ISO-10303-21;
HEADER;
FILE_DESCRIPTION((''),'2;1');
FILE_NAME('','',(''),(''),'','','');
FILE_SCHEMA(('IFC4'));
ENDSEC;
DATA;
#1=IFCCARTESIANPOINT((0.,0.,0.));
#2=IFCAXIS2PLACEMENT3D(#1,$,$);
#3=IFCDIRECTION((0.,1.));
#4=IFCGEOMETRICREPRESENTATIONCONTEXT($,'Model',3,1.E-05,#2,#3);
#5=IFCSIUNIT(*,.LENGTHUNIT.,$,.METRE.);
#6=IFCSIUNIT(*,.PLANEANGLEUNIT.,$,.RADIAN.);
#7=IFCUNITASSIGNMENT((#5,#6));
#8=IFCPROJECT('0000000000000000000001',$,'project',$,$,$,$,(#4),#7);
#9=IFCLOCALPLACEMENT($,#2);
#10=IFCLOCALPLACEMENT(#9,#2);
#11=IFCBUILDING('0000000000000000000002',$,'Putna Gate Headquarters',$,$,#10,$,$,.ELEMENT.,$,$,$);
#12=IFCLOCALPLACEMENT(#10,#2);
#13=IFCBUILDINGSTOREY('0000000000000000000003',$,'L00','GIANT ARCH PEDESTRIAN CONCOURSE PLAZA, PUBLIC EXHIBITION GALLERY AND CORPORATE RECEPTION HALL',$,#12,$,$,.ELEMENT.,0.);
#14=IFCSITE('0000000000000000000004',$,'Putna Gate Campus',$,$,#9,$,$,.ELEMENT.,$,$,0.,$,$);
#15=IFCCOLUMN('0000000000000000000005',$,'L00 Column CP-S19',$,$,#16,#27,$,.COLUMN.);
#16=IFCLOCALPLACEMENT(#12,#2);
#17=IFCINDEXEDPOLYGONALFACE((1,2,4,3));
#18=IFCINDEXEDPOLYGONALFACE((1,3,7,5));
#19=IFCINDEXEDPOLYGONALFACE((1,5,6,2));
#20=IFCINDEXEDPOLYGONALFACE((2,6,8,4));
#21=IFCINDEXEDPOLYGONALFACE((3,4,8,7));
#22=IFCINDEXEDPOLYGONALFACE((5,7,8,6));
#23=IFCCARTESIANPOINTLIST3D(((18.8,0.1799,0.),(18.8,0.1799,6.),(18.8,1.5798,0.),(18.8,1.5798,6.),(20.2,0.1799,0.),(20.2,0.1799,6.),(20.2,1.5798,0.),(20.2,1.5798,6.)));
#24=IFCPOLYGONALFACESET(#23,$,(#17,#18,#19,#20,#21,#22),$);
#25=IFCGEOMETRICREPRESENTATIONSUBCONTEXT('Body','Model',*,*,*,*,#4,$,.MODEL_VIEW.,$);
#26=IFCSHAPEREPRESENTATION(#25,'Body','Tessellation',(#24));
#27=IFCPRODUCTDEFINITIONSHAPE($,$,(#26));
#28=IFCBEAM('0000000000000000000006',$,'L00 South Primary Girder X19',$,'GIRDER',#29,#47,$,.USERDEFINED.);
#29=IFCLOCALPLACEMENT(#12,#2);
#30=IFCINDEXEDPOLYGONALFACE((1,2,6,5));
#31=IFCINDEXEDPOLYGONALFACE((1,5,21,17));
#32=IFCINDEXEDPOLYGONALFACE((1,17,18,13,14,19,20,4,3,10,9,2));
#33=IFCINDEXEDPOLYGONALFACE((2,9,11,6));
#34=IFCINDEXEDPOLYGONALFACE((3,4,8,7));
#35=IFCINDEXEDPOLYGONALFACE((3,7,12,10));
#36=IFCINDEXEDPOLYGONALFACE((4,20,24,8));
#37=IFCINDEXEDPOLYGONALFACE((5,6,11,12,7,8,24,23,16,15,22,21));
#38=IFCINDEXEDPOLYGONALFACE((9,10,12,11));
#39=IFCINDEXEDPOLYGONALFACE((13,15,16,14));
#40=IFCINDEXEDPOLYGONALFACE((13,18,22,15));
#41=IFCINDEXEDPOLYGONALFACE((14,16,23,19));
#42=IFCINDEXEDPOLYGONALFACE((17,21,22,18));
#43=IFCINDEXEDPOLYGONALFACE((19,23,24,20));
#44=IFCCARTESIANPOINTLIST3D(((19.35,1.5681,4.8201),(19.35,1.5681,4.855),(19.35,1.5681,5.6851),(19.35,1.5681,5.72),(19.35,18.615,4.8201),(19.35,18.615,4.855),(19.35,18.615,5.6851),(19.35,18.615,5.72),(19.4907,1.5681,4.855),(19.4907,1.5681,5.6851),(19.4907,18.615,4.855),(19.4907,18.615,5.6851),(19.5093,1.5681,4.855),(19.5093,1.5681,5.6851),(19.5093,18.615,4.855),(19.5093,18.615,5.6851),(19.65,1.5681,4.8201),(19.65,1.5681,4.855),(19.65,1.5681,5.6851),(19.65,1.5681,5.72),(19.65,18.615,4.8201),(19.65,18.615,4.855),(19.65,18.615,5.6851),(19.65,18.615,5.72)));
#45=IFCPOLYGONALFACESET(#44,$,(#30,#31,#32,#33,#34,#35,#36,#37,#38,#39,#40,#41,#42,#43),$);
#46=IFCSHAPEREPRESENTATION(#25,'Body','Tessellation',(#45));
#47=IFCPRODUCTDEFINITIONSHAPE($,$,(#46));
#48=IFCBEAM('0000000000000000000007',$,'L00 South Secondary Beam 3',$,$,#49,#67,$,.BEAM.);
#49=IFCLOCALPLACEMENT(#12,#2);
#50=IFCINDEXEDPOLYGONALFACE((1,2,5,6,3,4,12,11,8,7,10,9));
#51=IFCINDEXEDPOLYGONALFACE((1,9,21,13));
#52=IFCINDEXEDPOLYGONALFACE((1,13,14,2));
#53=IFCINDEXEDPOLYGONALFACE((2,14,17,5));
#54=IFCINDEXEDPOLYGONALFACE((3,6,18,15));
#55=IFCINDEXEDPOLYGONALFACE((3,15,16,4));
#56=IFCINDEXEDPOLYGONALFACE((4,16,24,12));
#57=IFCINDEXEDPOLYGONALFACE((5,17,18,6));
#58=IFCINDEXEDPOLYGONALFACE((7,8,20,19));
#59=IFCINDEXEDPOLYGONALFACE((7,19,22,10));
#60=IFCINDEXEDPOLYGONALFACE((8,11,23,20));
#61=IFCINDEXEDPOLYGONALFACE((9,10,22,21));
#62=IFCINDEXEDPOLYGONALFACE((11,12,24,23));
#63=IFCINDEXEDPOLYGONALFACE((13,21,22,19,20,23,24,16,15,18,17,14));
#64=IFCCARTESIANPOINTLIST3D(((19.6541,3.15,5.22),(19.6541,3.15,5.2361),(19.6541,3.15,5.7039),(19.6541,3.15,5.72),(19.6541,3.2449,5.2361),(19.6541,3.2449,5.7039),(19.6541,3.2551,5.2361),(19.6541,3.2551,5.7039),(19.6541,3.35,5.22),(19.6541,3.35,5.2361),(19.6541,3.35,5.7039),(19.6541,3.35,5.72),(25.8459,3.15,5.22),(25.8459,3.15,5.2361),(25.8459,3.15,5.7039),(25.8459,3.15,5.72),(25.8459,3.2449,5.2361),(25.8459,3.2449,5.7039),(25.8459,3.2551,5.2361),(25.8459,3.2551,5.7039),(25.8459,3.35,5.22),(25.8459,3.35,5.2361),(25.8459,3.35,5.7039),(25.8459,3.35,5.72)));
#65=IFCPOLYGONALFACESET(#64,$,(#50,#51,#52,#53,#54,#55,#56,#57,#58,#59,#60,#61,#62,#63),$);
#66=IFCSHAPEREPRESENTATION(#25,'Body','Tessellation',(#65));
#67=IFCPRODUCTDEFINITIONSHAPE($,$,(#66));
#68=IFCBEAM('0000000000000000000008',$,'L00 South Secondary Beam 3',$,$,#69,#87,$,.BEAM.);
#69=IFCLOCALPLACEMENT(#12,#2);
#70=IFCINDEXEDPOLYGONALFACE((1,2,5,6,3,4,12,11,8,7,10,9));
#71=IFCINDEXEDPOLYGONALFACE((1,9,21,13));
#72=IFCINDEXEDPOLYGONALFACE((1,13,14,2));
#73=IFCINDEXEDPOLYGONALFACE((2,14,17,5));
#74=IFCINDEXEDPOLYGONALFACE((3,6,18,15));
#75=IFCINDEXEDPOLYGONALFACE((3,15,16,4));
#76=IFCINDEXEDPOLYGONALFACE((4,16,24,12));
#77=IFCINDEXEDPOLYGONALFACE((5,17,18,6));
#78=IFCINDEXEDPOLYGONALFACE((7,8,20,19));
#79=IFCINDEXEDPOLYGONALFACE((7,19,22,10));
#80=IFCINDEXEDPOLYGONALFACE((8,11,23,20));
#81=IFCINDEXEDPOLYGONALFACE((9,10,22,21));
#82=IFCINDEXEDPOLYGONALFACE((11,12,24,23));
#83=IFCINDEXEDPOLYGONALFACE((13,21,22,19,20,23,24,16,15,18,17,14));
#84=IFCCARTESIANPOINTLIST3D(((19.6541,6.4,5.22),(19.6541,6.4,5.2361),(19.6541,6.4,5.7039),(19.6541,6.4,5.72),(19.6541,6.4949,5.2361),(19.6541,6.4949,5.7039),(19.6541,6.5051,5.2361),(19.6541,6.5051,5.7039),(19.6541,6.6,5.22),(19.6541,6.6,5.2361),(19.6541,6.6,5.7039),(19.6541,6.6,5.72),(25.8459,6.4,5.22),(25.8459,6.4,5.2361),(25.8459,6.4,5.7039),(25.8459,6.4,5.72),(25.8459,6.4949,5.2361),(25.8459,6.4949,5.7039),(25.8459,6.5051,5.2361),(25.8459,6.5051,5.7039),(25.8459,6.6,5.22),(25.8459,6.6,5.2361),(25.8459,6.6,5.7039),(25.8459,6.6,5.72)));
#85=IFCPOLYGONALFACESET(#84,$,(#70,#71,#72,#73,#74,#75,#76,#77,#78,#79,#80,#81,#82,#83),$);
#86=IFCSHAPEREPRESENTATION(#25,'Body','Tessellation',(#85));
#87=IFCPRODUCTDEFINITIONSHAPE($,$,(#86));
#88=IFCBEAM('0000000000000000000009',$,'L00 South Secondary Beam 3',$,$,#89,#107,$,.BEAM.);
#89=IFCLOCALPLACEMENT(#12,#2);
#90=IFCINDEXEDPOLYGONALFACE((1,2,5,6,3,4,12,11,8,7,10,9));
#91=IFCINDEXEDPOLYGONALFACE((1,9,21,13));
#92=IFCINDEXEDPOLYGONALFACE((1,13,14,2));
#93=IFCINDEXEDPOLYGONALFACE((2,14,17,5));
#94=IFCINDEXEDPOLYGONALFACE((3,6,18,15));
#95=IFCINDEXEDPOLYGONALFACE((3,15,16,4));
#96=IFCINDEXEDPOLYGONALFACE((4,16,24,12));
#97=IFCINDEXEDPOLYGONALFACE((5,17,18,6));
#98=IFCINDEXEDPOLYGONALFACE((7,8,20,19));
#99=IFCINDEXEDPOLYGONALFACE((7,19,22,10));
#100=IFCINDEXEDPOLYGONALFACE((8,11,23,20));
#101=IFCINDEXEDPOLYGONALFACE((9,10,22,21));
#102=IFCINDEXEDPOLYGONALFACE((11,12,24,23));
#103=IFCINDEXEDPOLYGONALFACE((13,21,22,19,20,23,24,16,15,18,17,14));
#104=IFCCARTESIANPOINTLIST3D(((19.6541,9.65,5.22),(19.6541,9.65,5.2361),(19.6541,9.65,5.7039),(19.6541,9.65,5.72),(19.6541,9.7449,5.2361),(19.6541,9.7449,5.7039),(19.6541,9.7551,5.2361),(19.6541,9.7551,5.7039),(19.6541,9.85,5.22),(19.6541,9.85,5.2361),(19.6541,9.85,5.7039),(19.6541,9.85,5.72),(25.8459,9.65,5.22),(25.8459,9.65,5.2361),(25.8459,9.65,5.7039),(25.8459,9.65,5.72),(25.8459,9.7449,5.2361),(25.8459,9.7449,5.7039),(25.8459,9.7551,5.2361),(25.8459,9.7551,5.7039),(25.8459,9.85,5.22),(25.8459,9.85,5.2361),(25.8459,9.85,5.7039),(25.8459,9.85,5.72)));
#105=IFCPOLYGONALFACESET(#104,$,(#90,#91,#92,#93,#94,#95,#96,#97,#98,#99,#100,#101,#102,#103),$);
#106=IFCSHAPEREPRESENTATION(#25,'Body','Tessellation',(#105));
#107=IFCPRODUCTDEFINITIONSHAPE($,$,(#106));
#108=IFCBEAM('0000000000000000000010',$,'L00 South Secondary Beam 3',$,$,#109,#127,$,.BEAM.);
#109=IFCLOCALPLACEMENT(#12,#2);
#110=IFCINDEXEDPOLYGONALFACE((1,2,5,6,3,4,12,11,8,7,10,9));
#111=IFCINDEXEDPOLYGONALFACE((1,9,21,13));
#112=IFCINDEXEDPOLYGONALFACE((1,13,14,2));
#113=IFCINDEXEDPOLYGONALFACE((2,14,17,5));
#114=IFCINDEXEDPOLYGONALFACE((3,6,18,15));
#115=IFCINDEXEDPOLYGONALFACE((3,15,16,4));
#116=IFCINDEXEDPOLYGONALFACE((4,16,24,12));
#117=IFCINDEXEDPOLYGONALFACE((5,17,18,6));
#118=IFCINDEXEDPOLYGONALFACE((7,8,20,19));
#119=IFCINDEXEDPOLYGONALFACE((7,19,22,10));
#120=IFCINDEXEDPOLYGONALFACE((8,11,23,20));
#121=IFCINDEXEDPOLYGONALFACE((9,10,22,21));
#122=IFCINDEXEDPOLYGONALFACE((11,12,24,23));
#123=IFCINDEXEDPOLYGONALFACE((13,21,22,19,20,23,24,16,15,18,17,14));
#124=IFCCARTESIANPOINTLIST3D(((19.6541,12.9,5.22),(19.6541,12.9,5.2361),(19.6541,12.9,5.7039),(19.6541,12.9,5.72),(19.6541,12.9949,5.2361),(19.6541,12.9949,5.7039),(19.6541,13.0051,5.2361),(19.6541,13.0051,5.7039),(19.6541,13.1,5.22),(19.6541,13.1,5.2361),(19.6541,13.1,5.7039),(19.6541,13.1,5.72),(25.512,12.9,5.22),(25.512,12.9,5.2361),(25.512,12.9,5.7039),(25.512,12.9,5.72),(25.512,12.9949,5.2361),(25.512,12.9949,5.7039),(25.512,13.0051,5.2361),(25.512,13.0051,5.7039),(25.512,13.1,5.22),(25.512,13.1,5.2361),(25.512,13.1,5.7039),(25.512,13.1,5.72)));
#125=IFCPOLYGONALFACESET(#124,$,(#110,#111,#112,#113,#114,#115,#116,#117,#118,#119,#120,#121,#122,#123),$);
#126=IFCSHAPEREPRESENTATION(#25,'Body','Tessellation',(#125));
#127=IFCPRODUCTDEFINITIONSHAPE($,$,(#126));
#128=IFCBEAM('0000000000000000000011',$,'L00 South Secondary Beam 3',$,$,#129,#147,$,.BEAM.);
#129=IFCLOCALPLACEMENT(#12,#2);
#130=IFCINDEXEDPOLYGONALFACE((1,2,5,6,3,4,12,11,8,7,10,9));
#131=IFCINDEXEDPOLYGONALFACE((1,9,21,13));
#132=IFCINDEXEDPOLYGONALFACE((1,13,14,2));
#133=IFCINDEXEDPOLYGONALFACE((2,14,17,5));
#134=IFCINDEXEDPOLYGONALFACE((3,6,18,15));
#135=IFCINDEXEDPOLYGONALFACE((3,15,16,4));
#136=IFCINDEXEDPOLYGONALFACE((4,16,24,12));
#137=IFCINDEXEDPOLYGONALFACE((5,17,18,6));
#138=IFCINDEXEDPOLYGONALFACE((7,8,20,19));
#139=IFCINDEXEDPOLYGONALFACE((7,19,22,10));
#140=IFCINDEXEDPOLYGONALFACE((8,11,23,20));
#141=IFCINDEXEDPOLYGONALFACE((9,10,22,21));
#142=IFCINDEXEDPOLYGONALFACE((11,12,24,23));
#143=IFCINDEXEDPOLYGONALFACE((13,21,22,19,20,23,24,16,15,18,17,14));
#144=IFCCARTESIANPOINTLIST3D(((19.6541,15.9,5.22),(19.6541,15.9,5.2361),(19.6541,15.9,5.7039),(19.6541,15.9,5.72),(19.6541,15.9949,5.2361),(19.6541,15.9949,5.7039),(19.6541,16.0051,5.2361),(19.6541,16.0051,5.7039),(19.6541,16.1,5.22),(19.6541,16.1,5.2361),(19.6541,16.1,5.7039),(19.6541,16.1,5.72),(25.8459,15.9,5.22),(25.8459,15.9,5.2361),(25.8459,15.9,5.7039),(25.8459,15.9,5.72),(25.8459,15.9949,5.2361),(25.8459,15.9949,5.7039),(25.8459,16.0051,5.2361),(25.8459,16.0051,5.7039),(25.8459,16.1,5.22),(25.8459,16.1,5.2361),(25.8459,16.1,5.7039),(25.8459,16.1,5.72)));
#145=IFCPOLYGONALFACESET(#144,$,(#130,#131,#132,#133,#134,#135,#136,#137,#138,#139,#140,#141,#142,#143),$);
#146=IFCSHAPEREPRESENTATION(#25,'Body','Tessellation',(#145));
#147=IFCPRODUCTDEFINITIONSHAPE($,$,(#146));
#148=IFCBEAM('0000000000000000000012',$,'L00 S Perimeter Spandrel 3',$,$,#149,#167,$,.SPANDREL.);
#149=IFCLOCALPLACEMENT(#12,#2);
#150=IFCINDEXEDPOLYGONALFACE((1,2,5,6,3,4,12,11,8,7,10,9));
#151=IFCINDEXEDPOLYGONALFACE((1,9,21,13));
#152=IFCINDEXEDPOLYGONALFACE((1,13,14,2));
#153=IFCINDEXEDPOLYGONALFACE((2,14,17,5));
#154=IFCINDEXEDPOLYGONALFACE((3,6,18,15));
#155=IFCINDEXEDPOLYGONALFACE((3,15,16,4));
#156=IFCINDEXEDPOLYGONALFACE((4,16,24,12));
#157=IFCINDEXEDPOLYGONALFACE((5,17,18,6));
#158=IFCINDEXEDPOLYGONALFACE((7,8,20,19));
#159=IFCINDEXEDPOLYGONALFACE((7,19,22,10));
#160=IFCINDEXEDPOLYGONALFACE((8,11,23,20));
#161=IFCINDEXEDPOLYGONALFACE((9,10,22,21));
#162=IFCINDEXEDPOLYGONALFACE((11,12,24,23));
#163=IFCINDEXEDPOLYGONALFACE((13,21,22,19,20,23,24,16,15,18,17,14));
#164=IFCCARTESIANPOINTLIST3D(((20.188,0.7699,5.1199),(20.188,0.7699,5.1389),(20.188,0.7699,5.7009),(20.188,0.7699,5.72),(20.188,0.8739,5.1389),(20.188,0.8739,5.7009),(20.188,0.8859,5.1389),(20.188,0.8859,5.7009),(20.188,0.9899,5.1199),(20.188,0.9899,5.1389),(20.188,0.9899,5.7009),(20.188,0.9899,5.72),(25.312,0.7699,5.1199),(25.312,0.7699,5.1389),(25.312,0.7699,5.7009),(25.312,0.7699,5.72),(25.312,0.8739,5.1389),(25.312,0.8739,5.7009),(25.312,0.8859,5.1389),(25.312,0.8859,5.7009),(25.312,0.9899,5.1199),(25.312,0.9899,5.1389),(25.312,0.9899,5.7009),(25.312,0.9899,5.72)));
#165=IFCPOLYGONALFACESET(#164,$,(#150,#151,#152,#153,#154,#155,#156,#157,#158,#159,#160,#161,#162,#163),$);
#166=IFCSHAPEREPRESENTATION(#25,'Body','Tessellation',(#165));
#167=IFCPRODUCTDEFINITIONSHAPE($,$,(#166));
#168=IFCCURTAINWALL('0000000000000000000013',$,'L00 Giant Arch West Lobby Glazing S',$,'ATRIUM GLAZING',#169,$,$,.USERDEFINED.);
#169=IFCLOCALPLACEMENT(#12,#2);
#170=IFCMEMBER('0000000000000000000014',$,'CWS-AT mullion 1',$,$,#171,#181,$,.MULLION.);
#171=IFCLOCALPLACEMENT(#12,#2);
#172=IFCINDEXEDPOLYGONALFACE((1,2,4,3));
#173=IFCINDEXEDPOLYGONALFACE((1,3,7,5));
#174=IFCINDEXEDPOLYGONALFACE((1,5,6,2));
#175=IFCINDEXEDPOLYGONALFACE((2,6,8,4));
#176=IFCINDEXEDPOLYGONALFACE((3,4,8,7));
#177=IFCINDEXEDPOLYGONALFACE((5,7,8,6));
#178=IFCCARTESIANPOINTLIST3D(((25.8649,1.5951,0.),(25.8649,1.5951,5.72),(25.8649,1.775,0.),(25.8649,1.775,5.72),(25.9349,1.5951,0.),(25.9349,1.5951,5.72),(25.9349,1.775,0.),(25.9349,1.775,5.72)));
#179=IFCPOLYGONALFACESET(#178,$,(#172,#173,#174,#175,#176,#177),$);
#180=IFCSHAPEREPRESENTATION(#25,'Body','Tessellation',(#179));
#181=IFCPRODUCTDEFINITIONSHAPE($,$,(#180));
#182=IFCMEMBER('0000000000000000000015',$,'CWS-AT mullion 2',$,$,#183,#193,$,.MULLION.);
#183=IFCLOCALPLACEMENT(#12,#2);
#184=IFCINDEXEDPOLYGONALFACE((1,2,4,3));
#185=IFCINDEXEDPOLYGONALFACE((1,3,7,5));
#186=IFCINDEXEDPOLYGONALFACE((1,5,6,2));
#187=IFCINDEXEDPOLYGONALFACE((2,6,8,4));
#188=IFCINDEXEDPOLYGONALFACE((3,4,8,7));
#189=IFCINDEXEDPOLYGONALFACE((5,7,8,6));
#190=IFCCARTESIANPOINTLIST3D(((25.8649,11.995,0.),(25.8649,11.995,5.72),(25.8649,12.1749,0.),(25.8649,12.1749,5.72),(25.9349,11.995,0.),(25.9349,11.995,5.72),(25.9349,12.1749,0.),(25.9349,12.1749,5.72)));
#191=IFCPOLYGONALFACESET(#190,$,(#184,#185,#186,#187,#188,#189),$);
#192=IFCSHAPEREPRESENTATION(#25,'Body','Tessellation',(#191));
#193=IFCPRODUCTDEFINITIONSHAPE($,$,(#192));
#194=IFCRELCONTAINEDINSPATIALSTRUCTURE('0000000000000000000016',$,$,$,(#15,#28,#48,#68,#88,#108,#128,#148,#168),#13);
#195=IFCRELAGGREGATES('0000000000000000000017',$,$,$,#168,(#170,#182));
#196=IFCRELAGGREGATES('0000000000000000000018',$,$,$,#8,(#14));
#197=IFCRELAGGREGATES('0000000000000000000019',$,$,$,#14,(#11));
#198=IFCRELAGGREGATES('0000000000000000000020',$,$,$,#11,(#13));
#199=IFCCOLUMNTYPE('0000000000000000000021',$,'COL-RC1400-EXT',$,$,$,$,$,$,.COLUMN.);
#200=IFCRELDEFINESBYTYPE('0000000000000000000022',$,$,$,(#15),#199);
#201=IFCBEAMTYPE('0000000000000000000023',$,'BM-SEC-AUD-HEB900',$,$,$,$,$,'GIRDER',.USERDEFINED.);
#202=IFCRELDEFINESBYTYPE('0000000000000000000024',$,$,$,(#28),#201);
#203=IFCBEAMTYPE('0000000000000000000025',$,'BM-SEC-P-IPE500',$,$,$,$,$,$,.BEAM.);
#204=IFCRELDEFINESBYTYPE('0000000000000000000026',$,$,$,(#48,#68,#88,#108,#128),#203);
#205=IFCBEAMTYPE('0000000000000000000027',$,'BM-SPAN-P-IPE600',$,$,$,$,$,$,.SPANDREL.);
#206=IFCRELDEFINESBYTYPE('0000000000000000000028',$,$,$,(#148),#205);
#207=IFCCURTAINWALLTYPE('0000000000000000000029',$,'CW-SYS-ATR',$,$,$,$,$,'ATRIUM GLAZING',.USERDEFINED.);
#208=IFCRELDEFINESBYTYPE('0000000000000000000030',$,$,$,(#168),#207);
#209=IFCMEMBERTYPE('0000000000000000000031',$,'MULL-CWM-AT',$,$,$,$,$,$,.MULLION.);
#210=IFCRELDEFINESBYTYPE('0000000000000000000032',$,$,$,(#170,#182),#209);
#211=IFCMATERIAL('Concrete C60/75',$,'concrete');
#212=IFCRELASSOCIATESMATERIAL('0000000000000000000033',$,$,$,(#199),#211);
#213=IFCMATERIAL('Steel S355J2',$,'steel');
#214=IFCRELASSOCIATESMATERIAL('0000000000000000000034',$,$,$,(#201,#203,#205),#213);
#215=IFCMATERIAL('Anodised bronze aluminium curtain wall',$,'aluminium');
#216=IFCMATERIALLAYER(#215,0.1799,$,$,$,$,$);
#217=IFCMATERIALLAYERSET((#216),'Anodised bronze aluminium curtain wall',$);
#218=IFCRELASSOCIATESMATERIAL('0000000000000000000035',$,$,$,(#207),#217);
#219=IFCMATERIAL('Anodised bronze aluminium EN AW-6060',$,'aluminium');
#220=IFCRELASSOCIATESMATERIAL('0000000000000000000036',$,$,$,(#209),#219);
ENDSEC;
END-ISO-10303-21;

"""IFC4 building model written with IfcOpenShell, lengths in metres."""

from ifc_helpers import new_model, si_unit, direction, frame, origin, origin_2d, place, context, subcontext, project, spatial, rectangle, i_section, extrude, material, layer, layer_set, material_profile, profile_set, type_object, element, aggregate, save


model = new_model("IFC4")

# Units and contexts
model_context = context("Model", 3, precision=1e-05, world=origin(), true_north=direction((0.0, 1.0)))
body_context = subcontext(model_context, "Body", "Model", "MODEL_VIEW")
ifc_project = project(units=[si_unit("LENGTHUNIT", "METRE"), si_unit("PLANEANGLEUNIT", "RADIAN")], contexts=[model_context])

# Site, building, storey
site_placement = place(None, origin())
site = spatial("IfcSite", under=ifc_project, at=site_placement, Name="Putna Gate Campus", CompositionType="ELEMENT", RefElevation=0.0)
building_placement = place(site_placement, origin())
building = spatial("IfcBuilding", under=site, at=building_placement, Name="Putna Gate Headquarters", CompositionType="ELEMENT")
storey_placement = place(building_placement, origin())
storey = spatial("IfcBuildingStorey", under=building, at=storey_placement, Name="L00", Description="GIANT ARCH PEDESTRIAN CONCOURSE PLAZA, PUBLIC EXHIBITION GALLERY AND CORPORATE RECEPTION HALL", CompositionType="ELEMENT", Elevation=0.0)

# Column
ifc_material_1 = material(Name="Concrete C60/75", Category="concrete")
ifc_material_profile_1 = material_profile(ifc_material_1, rectangle(XDim=1.3999, YDim=1.3999, at=origin_2d()), Name="Concrete C60/75")
ifc_profile_set_1 = profile_set([ifc_material_profile_1], Name="Concrete C60/75")
column_type = type_object("IfcColumnType", Name="COL-RC1400-EXT", PredefinedType="COLUMN", material=ifc_profile_set_1)
column_placement = place(storey_placement, frame((19.5, 0.8799, 0.0), z_axis=(0.0, 0.0, 1.0), x_axis=(1.0, 0.0, 0.0)))
element("IfcColumn", 1, at=column_placement, inside=storey, type_object=column_type, Name="L00 Column CP-S19", PredefinedType="COLUMN", context=body_context, shape_type="SweptSolid", body=[
    extrude(rectangle(XDim=1.3999, YDim=1.3999, at=origin_2d()), origin(), (0.0, 0.0, 1.0), 6.0),
])

# Beams
ifc_material_2 = material(Name="Steel S355J2", Category="steel")
ifc_material_profile_2 = material_profile(ifc_material_2, i_section(OverallWidth=0.3, OverallDepth=0.8999, WebThickness=0.0186, FlangeThickness=0.0349, at=origin_2d()), Name="Steel S355J2")
ifc_profile_set_2 = profile_set([ifc_material_profile_2], Name="Steel S355J2")
beam_type_1 = type_object("IfcBeamType", Name="BM-SEC-AUD-HEB900", ElementType="GIRDER", PredefinedType="USERDEFINED", material=ifc_profile_set_2)
beam_1_placement = place(storey_placement, frame((19.5, 1.5681, 5.27), z_axis=(0.0, 1.0, 0.0), x_axis=(-1.0, 0.0, 0.0)))
element("IfcBeam", 2, at=beam_1_placement, inside=storey, type_object=beam_type_1, Name="L00 South Primary Girder X19", ObjectType="GIRDER", PredefinedType="USERDEFINED", context=body_context, shape_type="SweptSolid", body=[
    extrude(i_section(OverallWidth=0.3, OverallDepth=0.8999, WebThickness=0.0186, FlangeThickness=0.0349, at=origin_2d()), origin(), (0.0, 0.0, 1.0), 17.0469),
])
ifc_material_profile_3 = material_profile(ifc_material_2, i_section(OverallWidth=0.2, OverallDepth=0.5, WebThickness=0.0103, FlangeThickness=0.0161, at=origin_2d()), Name="Steel S355J2")
ifc_profile_set_3 = profile_set([ifc_material_profile_3], Name="Steel S355J2")
beam_type_2 = type_object("IfcBeamType", Name="BM-SEC-P-IPE500", PredefinedType="BEAM", material=ifc_profile_set_3)
for number, where, z_axis, x_axis, name in (
    (3, (19.6541, 3.25, 5.47), (1.0, 0.0, 0.0), (0.0, 1.0, 0.0), "L00 South Secondary Beam 3"),
    (4, (19.6541, 6.5, 5.47), (1.0, 0.0, 0.0), (0.0, 1.0, 0.0), "L00 South Secondary Beam 3"),
    (5, (19.6541, 9.75, 5.47), (1.0, 0.0, 0.0), (0.0, 1.0, 0.0), "L00 South Secondary Beam 3"),
):
    element("IfcBeam", number, at=place(storey_placement, frame(where, z_axis=z_axis, x_axis=x_axis)), inside=storey, type_object=beam_type_2, Name=name, PredefinedType="BEAM", context=body_context, shape_type="SweptSolid", body=[
        extrude(i_section(OverallWidth=0.2, OverallDepth=0.5, WebThickness=0.0103, FlangeThickness=0.0161, at=origin_2d()), origin(), (0.0, 0.0, 1.0), 6.1919),
    ])
beam_2_placement = place(storey_placement, frame((19.6541, 13.0, 5.47), z_axis=(1.0, 0.0, 0.0), x_axis=(0.0, 1.0, 0.0)))
element("IfcBeam", 6, at=beam_2_placement, inside=storey, type_object=beam_type_2, Name="L00 South Secondary Beam 3", PredefinedType="BEAM", context=body_context, shape_type="SweptSolid", body=[
    extrude(i_section(OverallWidth=0.2, OverallDepth=0.5, WebThickness=0.0103, FlangeThickness=0.0161, at=origin_2d()), origin(), (0.0, 0.0, 1.0), 5.8579),
])
beam_3_placement = place(storey_placement, frame((19.6541, 16.0, 5.47), z_axis=(1.0, 0.0, 0.0), x_axis=(0.0, 1.0, 0.0)))
element("IfcBeam", 7, at=beam_3_placement, inside=storey, type_object=beam_type_2, Name="L00 South Secondary Beam 3", PredefinedType="BEAM", context=body_context, shape_type="SweptSolid", body=[
    extrude(i_section(OverallWidth=0.2, OverallDepth=0.5, WebThickness=0.0103, FlangeThickness=0.0161, at=origin_2d()), origin(), (0.0, 0.0, 1.0), 6.1919),
])
ifc_material_profile_4 = material_profile(ifc_material_2, i_section(OverallWidth=0.22, OverallDepth=0.6001, WebThickness=0.012, FlangeThickness=0.019, at=origin_2d()), Name="Steel S355J2")
ifc_profile_set_4 = profile_set([ifc_material_profile_4], Name="Steel S355J2")
beam_type_3 = type_object("IfcBeamType", Name="BM-SPAN-P-IPE600", PredefinedType="SPANDREL", material=ifc_profile_set_4)
beam_4_placement = place(storey_placement, frame((20.188, 0.8799, 5.4199), z_axis=(1.0, 0.0, 0.0), x_axis=(0.0, 1.0, 0.0)))
element("IfcBeam", 8, at=beam_4_placement, inside=storey, type_object=beam_type_3, Name="L00 S Perimeter Spandrel 3", PredefinedType="SPANDREL", context=body_context, shape_type="SweptSolid", body=[
    extrude(i_section(OverallWidth=0.22, OverallDepth=0.6001, WebThickness=0.012, FlangeThickness=0.019, at=origin_2d()), origin(), (0.0, 0.0, 1.0), 5.124),
])

# Curtain wall, members
ifc_material_3 = material(Name="Anodised bronze aluminium curtain wall", Category="aluminium")
ifc_layer_1 = layer(ifc_material_3, 0.1799)
ifc_layer_set_1 = layer_set([ifc_layer_1], Name="Anodised bronze aluminium curtain wall")
curtain_wall_type = type_object("IfcCurtainWallType", Name="CW-SYS-ATR", ElementType="ATRIUM GLAZING", PredefinedType="USERDEFINED", material=ifc_layer_set_1)
curtain_wall_1_placement = place(storey_placement, origin())
curtain_wall_1 = element("IfcCurtainWall", 9, at=curtain_wall_1_placement, inside=storey, type_object=curtain_wall_type, Name="L00 Giant Arch West Lobby Glazing S", ObjectType="ATRIUM GLAZING", PredefinedType="USERDEFINED")
ifc_material_4 = material(Name="Anodised bronze aluminium EN AW-6060", Category="aluminium")
ifc_material_profile_5 = material_profile(ifc_material_4, rectangle(XDim=0.0701, YDim=0.1799, at=origin_2d()), Name="Anodised bronze aluminium EN AW-6060")
ifc_profile_set_5 = profile_set([ifc_material_profile_5], Name="Anodised bronze aluminium EN AW-6060")
member_type_1 = type_object("IfcMemberType", Name="MULL-CWM-AT", PredefinedType="MULLION", material=ifc_profile_set_5)
member_1_placement = place(storey_placement, frame((25.8999, 1.6851, 0.0), z_axis=(0.0, 0.0, 1.0), x_axis=(-1.0, 0.0, 0.0)))
member_1 = element("IfcMember", 10, at=member_1_placement, type_object=member_type_1, Name="CWS-AT mullion 1", PredefinedType="MULLION", context=body_context, shape_type="SweptSolid", body=[
    extrude(rectangle(XDim=0.0701, YDim=0.1799, at=origin_2d()), origin(), (0.0, 0.0, 1.0), 5.72),
])
member_2_placement = place(storey_placement, frame((25.8999, 12.085, 0.0), z_axis=(0.0, 0.0, 1.0), x_axis=(-1.0, 0.0, 0.0)))
member_2 = element("IfcMember", 11, at=member_2_placement, type_object=member_type_1, Name="CWS-AT mullion 2", PredefinedType="MULLION", context=body_context, shape_type="SweptSolid", body=[
    extrude(rectangle(XDim=0.0701, YDim=0.1799, at=origin_2d()), origin(), (0.0, 0.0, 1.0), 5.72),
])

aggregate(curtain_wall_1, [member_1, member_2])

save(model, "model.ifc")
